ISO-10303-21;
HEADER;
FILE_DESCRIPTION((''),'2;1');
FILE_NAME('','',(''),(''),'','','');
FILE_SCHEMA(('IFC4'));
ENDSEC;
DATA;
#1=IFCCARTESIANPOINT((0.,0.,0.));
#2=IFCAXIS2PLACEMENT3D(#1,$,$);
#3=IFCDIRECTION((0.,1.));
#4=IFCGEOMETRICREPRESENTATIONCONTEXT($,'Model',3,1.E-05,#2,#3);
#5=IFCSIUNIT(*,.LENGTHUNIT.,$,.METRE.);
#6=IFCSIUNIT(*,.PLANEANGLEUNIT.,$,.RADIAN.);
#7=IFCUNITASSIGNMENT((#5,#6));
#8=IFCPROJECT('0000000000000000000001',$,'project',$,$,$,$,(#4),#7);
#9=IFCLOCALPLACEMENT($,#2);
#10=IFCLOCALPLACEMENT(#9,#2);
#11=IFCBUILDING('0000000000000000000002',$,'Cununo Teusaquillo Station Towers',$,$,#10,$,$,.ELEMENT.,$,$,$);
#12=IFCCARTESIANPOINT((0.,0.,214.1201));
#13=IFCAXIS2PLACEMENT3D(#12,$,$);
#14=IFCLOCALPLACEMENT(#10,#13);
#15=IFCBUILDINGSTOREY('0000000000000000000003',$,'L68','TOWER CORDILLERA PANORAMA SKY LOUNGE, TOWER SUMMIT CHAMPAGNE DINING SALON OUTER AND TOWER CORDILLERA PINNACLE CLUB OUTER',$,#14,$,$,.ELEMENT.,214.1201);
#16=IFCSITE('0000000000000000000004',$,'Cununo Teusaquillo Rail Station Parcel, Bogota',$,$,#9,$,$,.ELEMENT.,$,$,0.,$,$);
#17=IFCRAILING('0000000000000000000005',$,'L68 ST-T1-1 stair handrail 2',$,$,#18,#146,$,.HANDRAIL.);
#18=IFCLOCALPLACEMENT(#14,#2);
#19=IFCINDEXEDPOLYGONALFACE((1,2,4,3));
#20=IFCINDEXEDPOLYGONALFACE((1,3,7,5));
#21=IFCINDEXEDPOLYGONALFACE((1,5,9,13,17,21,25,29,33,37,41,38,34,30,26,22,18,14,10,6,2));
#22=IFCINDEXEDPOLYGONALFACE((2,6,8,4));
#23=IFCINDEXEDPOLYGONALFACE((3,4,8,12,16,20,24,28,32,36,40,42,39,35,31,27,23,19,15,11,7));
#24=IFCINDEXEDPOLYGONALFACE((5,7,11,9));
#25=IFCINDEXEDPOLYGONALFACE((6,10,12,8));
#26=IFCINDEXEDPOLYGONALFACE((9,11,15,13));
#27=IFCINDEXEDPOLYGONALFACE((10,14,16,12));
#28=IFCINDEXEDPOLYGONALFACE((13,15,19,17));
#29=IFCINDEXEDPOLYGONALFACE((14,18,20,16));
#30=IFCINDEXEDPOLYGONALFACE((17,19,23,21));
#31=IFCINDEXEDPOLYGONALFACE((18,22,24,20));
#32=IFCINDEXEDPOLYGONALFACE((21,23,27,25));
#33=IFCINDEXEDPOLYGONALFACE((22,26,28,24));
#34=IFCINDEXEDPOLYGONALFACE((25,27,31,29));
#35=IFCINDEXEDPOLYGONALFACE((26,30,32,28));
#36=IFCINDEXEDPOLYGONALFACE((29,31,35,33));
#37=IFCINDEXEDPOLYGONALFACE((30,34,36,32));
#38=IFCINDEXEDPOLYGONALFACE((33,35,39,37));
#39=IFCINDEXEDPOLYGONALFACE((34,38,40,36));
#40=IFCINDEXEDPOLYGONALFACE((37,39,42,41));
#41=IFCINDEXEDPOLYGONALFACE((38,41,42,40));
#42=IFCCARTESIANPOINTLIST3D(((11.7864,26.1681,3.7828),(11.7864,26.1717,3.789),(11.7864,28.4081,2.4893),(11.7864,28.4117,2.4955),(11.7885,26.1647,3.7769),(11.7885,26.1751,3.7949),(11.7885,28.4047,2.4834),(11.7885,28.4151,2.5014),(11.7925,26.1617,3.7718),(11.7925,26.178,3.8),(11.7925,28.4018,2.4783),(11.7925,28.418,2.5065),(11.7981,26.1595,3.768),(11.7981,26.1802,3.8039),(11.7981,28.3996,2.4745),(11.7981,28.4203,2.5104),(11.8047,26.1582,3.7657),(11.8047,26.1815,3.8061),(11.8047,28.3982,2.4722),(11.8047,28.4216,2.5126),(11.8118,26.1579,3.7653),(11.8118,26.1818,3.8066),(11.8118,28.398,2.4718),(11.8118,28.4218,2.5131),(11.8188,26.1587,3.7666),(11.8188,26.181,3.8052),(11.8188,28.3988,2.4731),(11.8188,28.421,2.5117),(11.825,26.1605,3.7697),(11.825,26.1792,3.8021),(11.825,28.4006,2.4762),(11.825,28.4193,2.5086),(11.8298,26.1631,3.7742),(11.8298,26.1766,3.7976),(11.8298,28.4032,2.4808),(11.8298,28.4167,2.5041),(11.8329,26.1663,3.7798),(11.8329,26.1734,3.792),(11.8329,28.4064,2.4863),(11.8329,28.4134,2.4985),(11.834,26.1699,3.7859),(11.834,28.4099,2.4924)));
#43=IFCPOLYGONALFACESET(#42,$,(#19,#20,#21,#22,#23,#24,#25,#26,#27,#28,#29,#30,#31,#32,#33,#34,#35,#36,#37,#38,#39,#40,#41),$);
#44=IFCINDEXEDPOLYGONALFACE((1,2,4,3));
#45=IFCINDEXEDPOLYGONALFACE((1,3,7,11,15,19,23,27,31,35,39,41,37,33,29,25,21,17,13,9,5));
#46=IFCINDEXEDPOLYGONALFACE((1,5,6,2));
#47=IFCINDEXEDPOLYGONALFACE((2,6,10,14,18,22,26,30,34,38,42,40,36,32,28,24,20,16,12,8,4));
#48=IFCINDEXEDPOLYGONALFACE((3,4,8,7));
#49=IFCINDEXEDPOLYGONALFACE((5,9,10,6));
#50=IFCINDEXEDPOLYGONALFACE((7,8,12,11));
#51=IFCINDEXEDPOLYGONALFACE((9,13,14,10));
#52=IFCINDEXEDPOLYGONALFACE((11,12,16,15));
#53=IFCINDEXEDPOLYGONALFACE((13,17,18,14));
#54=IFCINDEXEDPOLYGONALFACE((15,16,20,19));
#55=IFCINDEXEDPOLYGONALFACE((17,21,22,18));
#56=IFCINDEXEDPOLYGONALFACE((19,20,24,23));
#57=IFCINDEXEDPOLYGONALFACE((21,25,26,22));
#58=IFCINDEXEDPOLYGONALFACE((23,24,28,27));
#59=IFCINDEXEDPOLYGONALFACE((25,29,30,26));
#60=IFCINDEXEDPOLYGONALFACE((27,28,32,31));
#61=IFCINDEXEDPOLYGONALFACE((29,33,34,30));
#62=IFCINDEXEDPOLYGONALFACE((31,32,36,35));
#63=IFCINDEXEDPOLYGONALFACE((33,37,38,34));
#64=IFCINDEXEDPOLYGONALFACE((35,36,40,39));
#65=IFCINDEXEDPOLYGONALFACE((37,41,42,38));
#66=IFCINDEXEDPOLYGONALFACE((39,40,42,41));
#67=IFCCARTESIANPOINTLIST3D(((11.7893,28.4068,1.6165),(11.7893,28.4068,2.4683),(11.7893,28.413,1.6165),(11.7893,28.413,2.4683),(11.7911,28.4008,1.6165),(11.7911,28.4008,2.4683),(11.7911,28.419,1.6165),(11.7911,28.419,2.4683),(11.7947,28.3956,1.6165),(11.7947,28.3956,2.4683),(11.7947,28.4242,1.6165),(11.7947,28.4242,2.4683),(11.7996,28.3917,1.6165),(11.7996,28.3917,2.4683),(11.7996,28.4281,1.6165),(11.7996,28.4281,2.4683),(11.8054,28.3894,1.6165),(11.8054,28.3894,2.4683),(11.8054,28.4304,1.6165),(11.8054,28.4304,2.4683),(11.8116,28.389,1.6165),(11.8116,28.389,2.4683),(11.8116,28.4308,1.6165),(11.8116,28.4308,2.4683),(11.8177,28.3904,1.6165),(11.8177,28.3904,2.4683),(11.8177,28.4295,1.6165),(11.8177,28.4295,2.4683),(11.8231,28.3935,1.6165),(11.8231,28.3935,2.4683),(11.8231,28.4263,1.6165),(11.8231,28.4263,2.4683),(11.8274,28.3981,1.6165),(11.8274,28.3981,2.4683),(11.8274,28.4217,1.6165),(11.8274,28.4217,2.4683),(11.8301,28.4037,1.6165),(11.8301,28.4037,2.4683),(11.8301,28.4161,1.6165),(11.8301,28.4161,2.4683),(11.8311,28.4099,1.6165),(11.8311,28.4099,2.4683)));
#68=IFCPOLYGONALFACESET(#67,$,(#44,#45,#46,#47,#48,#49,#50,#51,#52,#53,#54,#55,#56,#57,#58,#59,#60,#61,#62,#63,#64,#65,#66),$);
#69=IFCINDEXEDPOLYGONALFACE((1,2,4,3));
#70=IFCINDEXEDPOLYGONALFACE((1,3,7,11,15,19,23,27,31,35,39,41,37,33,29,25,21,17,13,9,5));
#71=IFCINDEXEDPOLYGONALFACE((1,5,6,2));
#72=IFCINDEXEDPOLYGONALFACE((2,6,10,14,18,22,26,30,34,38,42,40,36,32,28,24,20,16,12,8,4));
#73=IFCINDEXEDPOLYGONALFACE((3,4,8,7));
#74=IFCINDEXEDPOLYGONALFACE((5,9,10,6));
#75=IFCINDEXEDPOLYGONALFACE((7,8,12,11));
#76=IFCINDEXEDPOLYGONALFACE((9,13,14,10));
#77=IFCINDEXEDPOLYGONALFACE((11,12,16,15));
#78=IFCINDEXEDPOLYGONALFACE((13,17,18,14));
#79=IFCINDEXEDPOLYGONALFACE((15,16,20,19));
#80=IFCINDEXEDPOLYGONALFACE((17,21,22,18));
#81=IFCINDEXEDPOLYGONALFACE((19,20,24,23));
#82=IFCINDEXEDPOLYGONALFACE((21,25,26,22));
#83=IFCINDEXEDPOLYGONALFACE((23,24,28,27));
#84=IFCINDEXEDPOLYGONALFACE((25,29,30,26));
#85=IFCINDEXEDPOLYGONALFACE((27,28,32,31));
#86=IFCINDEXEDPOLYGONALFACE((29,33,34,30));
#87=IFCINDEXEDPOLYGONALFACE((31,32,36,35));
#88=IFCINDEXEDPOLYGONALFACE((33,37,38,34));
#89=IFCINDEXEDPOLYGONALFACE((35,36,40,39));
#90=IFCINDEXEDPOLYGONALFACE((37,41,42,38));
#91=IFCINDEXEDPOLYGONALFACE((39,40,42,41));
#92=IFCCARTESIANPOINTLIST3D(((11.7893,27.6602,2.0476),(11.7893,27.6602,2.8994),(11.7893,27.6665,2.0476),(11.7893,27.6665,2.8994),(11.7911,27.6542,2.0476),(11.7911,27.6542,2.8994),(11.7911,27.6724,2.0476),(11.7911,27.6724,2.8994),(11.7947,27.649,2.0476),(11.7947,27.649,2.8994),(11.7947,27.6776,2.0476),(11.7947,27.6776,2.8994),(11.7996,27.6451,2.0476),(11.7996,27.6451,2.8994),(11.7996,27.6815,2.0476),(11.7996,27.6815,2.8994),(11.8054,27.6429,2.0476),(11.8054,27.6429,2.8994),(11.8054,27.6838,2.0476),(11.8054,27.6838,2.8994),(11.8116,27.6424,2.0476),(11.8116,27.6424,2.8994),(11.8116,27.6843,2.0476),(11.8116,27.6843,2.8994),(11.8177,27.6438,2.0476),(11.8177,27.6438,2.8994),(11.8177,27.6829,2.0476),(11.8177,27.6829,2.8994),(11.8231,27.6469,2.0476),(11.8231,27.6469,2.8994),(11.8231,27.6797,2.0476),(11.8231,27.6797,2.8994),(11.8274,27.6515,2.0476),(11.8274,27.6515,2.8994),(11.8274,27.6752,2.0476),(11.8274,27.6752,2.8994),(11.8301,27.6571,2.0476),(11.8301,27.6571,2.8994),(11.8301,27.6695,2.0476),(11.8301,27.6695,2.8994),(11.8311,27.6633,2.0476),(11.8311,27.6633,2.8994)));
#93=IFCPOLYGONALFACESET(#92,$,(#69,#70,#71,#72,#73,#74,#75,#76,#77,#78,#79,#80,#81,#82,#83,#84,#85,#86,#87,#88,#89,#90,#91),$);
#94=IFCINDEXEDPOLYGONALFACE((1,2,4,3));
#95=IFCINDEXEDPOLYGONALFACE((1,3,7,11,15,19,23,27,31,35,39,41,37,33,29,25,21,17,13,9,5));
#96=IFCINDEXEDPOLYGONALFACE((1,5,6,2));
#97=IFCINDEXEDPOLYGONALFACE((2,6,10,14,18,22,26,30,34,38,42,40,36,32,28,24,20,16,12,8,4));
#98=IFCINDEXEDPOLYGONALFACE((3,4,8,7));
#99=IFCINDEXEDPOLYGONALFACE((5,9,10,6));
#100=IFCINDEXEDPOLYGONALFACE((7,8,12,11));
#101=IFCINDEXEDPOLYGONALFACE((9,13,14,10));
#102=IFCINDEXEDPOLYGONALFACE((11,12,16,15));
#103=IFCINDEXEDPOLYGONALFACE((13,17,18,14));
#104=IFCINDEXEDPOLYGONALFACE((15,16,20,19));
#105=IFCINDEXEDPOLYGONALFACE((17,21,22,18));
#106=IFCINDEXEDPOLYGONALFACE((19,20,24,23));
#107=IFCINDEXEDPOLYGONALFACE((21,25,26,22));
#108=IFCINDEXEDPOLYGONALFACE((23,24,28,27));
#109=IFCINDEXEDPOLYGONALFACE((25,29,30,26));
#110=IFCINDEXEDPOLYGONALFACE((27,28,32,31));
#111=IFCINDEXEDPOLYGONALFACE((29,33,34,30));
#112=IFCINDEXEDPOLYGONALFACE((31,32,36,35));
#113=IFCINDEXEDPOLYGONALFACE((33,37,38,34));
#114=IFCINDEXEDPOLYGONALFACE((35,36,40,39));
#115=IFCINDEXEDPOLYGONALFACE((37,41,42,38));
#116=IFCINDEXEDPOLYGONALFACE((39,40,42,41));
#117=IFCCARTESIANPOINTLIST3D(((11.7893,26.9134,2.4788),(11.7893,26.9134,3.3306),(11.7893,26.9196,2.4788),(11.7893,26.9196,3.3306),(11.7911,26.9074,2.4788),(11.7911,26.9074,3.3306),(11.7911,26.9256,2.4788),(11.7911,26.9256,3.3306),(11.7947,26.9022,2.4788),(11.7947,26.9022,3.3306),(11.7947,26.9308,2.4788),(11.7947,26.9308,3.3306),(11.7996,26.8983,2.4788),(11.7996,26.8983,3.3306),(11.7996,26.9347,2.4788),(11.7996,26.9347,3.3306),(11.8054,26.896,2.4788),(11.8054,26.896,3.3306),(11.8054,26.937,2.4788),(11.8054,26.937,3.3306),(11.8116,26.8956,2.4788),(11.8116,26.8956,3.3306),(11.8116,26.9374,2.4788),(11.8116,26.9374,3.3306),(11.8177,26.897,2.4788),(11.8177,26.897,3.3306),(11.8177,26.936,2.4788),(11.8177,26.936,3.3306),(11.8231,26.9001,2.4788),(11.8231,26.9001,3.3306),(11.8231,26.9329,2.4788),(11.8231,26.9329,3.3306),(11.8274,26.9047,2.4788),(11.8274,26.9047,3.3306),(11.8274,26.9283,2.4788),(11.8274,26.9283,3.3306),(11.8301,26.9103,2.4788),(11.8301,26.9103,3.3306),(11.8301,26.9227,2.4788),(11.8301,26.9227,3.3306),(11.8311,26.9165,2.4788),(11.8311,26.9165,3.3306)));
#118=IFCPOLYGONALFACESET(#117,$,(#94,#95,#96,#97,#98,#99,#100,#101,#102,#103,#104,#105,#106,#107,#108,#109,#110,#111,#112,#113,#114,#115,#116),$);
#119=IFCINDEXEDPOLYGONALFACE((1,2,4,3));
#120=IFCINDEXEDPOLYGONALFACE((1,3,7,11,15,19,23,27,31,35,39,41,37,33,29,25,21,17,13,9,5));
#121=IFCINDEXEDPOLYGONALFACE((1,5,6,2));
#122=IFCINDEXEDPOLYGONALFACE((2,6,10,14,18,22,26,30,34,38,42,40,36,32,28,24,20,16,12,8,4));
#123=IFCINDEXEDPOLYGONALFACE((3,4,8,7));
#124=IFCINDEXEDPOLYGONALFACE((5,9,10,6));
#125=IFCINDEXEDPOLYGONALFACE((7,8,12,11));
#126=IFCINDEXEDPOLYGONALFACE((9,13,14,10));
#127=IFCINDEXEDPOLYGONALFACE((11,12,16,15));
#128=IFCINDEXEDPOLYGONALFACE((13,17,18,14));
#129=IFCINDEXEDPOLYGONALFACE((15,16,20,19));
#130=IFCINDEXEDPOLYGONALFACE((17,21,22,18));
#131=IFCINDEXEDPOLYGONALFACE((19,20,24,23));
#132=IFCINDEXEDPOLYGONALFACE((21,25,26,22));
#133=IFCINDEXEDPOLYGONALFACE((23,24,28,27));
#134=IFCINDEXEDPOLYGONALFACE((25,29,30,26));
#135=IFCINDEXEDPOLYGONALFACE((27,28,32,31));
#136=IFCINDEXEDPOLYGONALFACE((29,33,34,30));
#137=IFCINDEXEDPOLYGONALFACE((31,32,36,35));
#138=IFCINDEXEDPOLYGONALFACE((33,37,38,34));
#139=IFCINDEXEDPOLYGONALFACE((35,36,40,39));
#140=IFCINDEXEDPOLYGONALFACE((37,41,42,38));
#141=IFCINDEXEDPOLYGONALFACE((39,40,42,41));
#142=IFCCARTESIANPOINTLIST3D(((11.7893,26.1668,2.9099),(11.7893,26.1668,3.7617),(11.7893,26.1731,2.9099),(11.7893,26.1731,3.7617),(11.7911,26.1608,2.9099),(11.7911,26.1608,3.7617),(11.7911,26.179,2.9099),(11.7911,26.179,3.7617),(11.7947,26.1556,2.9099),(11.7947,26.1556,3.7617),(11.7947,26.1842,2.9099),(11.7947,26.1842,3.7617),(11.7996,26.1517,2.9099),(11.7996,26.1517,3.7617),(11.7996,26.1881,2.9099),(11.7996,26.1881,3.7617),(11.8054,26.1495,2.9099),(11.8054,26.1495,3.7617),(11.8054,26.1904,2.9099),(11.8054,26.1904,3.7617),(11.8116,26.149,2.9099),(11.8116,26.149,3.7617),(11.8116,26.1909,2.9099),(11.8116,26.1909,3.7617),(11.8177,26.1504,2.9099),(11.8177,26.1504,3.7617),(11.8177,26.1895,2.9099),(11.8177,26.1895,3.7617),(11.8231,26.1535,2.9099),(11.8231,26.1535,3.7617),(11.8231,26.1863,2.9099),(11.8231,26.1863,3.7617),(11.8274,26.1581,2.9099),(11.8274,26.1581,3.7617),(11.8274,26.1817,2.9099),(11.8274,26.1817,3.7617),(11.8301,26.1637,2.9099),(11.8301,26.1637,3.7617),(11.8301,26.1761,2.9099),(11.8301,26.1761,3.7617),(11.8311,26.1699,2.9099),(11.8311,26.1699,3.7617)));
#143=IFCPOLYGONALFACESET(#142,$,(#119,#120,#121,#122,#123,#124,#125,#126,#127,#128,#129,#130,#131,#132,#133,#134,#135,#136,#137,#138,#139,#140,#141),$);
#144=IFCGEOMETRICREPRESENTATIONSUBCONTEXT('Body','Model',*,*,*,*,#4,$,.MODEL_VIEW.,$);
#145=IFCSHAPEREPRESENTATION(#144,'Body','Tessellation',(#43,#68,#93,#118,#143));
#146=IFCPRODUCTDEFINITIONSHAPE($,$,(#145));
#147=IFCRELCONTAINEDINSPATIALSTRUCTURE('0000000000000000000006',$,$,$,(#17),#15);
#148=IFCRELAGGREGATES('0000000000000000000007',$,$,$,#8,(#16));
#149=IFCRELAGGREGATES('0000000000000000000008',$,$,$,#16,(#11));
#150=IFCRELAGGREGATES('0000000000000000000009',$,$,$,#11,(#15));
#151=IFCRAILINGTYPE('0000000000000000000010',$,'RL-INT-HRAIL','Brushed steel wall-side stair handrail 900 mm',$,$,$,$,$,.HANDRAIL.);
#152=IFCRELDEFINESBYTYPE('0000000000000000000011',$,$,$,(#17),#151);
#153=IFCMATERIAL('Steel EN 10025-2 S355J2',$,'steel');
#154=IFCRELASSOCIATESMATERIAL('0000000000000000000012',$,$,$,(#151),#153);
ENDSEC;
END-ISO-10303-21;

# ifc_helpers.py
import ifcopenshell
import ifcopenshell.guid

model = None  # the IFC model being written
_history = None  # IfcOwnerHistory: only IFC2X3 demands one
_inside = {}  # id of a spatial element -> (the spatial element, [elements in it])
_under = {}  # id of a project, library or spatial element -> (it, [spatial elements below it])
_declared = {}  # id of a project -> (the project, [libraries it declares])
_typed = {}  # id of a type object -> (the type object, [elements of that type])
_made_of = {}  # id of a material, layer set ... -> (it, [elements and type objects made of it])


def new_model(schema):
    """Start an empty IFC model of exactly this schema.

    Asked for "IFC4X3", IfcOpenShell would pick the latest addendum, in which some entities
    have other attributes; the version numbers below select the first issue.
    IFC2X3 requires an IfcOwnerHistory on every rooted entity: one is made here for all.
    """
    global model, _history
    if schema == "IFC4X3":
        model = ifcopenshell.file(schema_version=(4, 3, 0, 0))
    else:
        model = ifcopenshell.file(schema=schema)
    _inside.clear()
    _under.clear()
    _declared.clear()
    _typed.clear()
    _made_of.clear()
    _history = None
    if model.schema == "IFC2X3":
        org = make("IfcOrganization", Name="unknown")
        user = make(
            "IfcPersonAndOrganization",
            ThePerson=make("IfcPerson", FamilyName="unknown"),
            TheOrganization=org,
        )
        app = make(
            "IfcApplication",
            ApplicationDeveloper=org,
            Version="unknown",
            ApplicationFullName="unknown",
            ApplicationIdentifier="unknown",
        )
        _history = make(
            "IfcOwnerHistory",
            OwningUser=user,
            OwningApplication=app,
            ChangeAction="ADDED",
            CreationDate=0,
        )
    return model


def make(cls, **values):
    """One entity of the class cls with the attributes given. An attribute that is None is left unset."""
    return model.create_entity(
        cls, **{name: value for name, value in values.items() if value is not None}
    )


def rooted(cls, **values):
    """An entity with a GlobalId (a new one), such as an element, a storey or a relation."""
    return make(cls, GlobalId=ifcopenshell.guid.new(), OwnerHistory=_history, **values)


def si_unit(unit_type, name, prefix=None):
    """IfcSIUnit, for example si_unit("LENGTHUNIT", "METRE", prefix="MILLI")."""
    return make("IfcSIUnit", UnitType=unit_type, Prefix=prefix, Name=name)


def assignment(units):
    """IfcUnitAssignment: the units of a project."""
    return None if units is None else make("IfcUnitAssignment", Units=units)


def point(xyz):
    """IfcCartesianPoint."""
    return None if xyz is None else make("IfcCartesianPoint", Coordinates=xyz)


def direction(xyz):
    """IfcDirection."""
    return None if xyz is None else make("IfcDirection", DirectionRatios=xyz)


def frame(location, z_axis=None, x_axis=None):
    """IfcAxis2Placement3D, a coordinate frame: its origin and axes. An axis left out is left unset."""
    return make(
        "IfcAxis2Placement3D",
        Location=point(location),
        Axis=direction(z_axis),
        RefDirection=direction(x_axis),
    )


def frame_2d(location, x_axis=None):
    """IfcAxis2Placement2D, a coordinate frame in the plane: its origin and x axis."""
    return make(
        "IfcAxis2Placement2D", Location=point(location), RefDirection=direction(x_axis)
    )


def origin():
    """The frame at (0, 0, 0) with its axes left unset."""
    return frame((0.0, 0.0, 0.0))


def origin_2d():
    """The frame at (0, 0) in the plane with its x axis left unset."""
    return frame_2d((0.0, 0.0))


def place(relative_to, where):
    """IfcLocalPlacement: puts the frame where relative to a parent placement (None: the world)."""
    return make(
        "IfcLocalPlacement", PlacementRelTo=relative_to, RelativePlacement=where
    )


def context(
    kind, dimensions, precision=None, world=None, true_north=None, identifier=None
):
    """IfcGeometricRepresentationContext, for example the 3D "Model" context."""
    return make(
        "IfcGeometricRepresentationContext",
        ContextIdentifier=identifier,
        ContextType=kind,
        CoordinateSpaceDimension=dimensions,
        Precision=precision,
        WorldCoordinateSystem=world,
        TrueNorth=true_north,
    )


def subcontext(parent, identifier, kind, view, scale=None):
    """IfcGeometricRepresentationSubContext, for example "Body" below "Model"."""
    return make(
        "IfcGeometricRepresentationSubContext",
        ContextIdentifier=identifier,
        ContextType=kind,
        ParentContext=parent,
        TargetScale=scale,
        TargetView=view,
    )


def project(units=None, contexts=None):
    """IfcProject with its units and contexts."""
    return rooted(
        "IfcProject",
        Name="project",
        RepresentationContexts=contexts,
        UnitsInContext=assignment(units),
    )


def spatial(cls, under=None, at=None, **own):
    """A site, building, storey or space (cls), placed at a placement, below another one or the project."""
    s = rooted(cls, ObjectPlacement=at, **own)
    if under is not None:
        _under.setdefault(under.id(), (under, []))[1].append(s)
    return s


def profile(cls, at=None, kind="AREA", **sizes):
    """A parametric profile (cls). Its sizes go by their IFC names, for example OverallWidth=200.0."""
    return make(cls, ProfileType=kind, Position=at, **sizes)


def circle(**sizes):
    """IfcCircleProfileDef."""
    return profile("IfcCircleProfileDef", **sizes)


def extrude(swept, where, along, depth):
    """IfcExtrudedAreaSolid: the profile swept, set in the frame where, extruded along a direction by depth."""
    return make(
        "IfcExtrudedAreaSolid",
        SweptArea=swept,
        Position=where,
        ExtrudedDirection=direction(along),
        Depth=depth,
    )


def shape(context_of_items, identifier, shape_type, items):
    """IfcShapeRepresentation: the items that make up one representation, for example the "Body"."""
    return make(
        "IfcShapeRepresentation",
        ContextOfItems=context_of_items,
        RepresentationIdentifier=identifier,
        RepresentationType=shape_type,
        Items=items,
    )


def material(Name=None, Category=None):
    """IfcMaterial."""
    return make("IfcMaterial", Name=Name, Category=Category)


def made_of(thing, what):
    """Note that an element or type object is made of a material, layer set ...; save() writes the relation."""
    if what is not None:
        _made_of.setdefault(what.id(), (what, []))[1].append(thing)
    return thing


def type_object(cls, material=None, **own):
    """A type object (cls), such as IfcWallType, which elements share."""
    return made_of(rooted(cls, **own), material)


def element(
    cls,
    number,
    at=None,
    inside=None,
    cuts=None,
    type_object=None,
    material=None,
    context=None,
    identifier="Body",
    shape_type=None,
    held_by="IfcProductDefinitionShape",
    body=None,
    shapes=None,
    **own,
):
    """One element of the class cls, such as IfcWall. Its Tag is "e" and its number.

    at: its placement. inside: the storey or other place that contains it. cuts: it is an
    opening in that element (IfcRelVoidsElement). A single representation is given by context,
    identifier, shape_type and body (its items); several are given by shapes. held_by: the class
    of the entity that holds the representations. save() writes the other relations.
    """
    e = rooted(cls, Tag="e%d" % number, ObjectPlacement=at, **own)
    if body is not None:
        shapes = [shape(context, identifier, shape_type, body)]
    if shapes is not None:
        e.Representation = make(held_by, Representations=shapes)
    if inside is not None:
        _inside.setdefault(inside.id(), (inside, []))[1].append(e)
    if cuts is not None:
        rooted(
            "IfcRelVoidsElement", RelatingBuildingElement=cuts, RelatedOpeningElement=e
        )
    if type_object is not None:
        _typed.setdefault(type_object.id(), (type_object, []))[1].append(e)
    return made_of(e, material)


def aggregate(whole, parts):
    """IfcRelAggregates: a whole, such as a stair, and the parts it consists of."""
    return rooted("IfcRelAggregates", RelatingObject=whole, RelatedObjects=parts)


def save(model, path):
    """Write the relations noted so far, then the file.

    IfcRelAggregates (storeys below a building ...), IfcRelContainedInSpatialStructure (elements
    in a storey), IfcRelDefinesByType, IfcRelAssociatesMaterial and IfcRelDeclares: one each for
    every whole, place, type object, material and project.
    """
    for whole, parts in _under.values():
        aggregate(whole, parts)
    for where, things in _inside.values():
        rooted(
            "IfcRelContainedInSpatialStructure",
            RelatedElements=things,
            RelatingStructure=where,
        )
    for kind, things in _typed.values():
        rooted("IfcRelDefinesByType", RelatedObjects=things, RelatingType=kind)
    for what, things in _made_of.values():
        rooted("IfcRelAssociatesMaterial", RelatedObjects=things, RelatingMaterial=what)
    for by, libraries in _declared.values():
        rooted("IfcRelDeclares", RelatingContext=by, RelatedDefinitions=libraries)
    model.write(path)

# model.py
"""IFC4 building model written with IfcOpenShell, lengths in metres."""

from ifc_helpers import new_model, si_unit, direction, frame, origin, origin_2d, place, context, subcontext, project, spatial, circle, extrude, material, type_object, element, save


model = new_model("IFC4")

# Units and contexts
model_context = context("Model", 3, precision=1e-05, world=origin(), true_north=direction((0.0, 1.0)))
body_context = subcontext(model_context, "Body", "Model", "MODEL_VIEW")
ifc_project = project(units=[si_unit("LENGTHUNIT", "METRE"), si_unit("PLANEANGLEUNIT", "RADIAN")], contexts=[model_context])

# Site, building, storey
site_placement = place(None, origin())
site = spatial("IfcSite", under=ifc_project, at=site_placement, Name="Cununo Teusaquillo Rail Station Parcel, Bogota", CompositionType="ELEMENT", RefElevation=0.0)
building_placement = place(site_placement, origin())
building = spatial("IfcBuilding", under=site, at=building_placement, Name="Cununo Teusaquillo Station Towers", CompositionType="ELEMENT")
storey_placement = place(building_placement, frame((0.0, 0.0, 214.1201)))
storey = spatial("IfcBuildingStorey", under=building, at=storey_placement, Name="L68", Description="TOWER CORDILLERA PANORAMA SKY LOUNGE, TOWER SUMMIT CHAMPAGNE DINING SALON OUTER AND TOWER CORDILLERA PINNACLE CLUB OUTER", CompositionType="ELEMENT", Elevation=214.1201)

# Railing
ifc_material_1 = material(Name="Steel EN 10025-2 S355J2", Category="steel")
railing_type_1 = type_object("IfcRailingType", Name="RL-INT-HRAIL", Description="Brushed steel wall-side stair handrail 900 mm", PredefinedType="HANDRAIL", material=ifc_material_1)
railing_1_placement = place(storey_placement, frame((11.8101, 28.4099, 1.6165)))
element("IfcRailing", 1, at=railing_1_placement, inside=storey, type_object=railing_type_1, Name="L68 ST-T1-1 stair handrail 2", PredefinedType="HANDRAIL", context=body_context, shape_type="SweptSolid", body=[
    extrude(circle(Radius=0.0239, at=origin_2d()), frame((0.0, 0.0, 0.876), z_axis=(0.0, -0.865992, 0.500057), x_axis=(1.0, 0.0, 0.0)), (0.0, 0.0, 1.0), 2.5867),
    extrude(circle(Radius=0.021, at=origin_2d()), origin(), (0.0, 0.0, 1.0), 0.8518),
    extrude(circle(Radius=0.021, at=origin_2d()), frame((0.0, -0.7466, 0.4312)), (0.0, 0.0, 1.0), 0.8518),
    extrude(circle(Radius=0.021, at=origin_2d()), frame((0.0, -1.4934, 0.8623)), (0.0, 0.0, 1.0), 0.8518),
    extrude(circle(Radius=0.021, at=origin_2d()), frame((0.0, -2.24, 1.2935)), (0.0, 0.0, 1.0), 0.8518),
])

save(model, "model.ifc")
